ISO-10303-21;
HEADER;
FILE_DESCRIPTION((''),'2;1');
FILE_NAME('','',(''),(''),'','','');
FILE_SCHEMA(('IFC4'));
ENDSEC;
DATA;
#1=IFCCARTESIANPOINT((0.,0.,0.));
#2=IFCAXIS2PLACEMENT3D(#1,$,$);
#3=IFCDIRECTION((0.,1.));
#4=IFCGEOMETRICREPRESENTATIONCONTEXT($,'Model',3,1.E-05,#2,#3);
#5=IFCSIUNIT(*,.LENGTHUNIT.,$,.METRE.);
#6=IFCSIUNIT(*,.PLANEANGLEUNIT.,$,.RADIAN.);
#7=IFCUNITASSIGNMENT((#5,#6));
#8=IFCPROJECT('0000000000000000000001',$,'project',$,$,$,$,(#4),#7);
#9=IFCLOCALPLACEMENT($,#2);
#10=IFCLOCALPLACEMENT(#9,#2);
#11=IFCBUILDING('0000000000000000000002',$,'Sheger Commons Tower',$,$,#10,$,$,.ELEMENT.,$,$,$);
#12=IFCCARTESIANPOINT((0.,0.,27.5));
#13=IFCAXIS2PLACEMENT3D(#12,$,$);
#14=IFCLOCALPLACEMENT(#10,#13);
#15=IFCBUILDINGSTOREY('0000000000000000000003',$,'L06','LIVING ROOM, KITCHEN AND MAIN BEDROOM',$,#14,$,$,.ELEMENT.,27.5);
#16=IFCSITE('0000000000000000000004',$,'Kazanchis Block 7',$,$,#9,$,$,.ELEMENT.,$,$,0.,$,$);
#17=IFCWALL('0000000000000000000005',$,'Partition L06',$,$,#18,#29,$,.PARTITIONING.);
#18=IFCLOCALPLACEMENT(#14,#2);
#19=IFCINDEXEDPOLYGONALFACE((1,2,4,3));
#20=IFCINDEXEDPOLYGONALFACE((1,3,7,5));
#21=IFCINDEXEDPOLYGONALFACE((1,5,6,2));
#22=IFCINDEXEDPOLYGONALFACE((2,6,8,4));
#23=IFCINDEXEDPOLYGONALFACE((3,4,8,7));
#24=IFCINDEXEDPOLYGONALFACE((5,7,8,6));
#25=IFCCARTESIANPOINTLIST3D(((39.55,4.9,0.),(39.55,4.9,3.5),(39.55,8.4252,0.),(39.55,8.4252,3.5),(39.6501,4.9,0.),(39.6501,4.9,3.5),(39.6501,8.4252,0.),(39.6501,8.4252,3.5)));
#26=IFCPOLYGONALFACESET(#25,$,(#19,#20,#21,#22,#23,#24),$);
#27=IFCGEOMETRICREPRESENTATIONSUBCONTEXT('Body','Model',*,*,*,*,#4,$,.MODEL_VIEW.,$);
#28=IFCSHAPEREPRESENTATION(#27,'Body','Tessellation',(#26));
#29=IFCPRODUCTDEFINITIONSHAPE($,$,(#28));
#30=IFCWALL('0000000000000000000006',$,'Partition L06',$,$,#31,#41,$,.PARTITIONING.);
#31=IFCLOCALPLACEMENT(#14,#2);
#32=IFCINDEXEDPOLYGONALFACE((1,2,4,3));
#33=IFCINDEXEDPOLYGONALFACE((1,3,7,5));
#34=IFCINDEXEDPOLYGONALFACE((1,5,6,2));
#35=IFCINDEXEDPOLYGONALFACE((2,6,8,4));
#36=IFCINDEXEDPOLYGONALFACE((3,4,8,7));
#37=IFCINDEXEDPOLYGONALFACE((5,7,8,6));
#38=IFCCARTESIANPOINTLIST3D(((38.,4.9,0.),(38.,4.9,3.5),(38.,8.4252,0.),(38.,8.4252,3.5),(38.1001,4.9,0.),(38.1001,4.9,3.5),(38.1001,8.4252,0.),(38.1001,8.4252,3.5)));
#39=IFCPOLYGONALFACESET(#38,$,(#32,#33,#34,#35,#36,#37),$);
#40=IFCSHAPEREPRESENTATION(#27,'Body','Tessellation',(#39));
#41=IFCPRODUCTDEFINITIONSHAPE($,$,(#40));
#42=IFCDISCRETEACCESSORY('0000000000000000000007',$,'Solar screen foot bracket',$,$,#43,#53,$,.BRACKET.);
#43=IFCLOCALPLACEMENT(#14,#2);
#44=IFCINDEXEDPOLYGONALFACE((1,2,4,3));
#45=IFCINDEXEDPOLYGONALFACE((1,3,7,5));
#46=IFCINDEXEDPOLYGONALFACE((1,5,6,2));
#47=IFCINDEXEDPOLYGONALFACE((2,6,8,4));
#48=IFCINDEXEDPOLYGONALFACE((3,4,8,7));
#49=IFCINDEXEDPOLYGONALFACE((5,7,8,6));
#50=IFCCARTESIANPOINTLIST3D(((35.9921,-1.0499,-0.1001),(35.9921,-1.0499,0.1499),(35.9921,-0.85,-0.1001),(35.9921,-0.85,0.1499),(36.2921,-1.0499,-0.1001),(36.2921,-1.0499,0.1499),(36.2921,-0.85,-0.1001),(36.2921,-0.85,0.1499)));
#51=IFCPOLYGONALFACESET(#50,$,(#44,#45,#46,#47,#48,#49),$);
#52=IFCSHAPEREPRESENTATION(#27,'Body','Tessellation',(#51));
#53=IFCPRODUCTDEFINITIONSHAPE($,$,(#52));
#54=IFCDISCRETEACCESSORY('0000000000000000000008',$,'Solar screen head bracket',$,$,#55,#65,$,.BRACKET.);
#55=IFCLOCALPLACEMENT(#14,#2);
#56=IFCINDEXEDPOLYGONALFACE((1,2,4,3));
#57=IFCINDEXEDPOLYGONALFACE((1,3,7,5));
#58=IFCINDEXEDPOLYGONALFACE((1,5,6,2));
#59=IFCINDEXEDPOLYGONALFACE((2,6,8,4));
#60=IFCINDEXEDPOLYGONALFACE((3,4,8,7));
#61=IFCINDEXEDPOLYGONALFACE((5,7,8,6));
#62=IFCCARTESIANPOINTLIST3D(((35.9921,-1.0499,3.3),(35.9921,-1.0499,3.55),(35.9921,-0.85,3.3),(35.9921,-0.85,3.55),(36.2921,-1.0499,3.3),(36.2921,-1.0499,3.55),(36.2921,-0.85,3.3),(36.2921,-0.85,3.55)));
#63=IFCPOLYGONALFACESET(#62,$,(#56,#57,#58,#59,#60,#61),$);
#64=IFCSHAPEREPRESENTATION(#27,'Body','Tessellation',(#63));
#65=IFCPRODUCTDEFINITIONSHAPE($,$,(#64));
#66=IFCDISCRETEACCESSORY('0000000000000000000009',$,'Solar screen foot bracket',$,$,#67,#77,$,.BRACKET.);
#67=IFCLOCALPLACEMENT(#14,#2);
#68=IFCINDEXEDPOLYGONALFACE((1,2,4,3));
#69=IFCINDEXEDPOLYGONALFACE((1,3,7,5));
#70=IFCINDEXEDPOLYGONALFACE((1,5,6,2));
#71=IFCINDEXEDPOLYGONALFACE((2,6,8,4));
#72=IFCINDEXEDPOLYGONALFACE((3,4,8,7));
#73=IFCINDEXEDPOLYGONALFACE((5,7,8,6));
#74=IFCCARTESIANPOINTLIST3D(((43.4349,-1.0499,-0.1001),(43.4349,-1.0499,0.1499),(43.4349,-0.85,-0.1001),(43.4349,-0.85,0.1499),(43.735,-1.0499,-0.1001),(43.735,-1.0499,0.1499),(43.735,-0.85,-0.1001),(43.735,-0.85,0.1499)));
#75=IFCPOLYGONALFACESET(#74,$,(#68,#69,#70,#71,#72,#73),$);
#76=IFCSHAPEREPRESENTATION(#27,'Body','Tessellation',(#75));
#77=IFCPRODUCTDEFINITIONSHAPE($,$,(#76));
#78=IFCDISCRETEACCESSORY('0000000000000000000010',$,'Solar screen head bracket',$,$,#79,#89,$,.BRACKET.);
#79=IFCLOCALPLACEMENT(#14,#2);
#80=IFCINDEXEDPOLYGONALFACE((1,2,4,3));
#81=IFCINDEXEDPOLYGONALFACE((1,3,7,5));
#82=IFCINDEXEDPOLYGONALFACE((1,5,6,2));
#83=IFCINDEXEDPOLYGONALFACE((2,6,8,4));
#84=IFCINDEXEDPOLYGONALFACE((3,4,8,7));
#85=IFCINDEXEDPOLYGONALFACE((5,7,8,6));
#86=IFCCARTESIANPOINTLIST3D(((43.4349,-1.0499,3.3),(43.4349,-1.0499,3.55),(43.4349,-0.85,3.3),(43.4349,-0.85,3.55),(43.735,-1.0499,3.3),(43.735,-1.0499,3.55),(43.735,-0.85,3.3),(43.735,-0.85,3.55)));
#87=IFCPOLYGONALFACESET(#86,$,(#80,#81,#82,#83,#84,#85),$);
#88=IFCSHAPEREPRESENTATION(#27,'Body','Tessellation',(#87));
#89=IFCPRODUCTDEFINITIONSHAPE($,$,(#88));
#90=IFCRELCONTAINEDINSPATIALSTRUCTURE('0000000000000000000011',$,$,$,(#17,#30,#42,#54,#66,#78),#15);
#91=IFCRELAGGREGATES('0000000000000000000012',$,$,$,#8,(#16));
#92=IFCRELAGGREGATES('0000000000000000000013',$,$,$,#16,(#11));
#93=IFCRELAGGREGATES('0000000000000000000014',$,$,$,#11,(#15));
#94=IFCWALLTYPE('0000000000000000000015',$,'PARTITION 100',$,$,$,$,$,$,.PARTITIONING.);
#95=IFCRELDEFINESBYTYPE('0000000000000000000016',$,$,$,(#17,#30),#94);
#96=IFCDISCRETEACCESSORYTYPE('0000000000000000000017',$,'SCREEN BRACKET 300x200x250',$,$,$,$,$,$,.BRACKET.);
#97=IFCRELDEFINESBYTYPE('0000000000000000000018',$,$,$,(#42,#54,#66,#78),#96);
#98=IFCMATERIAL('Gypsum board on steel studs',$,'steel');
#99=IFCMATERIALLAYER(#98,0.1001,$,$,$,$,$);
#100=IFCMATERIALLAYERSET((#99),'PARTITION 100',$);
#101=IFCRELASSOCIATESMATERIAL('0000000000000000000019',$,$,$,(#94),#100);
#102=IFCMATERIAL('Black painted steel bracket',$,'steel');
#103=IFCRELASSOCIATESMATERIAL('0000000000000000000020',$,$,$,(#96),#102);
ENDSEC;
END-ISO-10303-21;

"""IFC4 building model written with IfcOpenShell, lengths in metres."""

from ifc_helpers import new_model, si_unit, direction, frame, frame_2d, origin, origin_2d, place, context, subcontext, project, spatial, rectangle, extrude, material, layer, layer_set, type_object, element, save


model = new_model("IFC4")

# Units and contexts
model_context = context("Model", 3, precision=1e-05, world=origin(), true_north=direction((0.0, 1.0)))
body_context = subcontext(model_context, "Body", "Model", "MODEL_VIEW")
ifc_project = project(units=[si_unit("LENGTHUNIT", "METRE"), si_unit("PLANEANGLEUNIT", "RADIAN")], contexts=[model_context])

# Site, building, storey
site_placement = place(None, origin())
site = spatial("IfcSite", under=ifc_project, at=site_placement, Name="Kazanchis Block 7", CompositionType="ELEMENT", RefElevation=0.0)
building_placement = place(site_placement, origin())
building = spatial("IfcBuilding", under=site, at=building_placement, Name="Sheger Commons Tower", CompositionType="ELEMENT")
storey_placement = place(building_placement, frame((0.0, 0.0, 27.5)))
storey = spatial("IfcBuildingStorey", under=building, at=storey_placement, Name="L06", Description="LIVING ROOM, KITCHEN AND MAIN BEDROOM", CompositionType="ELEMENT", Elevation=27.5)

# Shared definitions
ifc_material_1 = material(Name="Gypsum board on steel studs", Category="steel")
ifc_layer_1 = layer(ifc_material_1, 0.1001)
ifc_layer_set_1 = layer_set([ifc_layer_1], Name="PARTITION 100")
wall_type_1 = type_object("IfcWallType", Name="PARTITION 100", PredefinedType="PARTITIONING", material=ifc_layer_set_1)

# Walls
for number, where, z_axis, x_axis, name in (
    (1, (39.6001, 4.8999, 0.0), (0.0, 0.0, 1.0), (0.0, 1.0, 0.0), "Partition L06"),
    (2, (38.05, 4.8999, 0.0), (0.0, 0.0, 1.0), (0.0, 1.0, 0.0), "Partition L06"),
):
    element("IfcWall", number, at=place(storey_placement, frame(where, z_axis=z_axis, x_axis=x_axis)), inside=storey, type_object=wall_type_1, Name=name, PredefinedType="PARTITIONING", context=body_context, shape_type="SweptSolid", body=[
        extrude(rectangle(XDim=3.5251, YDim=0.1001, at=frame_2d((1.7627, 0.0))), origin(), (0.0, 0.0, 1.0), 3.5),
    ])

# Discrete accessories
ifc_material_2 = material(Name="Black painted steel bracket", Category="steel")
discrete_accessory_type = type_object("IfcDiscreteAccessoryType", Name="SCREEN BRACKET 300x200x250", PredefinedType="BRACKET", material=ifc_material_2)
for number, where, z_axis, x_axis, name in (
    (3, (36.1421, -0.95, -0.1001), (0.0, 0.0, 1.0), (1.0, 0.0, 0.0), "Solar screen foot bracket"),
    (4, (36.1421, -0.95, 3.3), (0.0, 0.0, 1.0), (1.0, 0.0, 0.0), "Solar screen head bracket"),
    (5, (43.585, -0.95, -0.1001), (0.0, 0.0, 1.0), (1.0, 0.0, 0.0), "Solar screen foot bracket"),
    (6, (43.585, -0.95, 3.3), (0.0, 0.0, 1.0), (1.0, 0.0, 0.0), "Solar screen head bracket"),
):
    element("IfcDiscreteAccessory", number, at=place(storey_placement, frame(where, z_axis=z_axis, x_axis=x_axis)), inside=storey, type_object=discrete_accessory_type, Name=name, PredefinedType="BRACKET", context=body_context, shape_type="SweptSolid", body=[
        extrude(rectangle(XDim=0.3, YDim=0.2, at=origin_2d()), origin(), (0.0, 0.0, 1.0), 0.25),
    ])

save(model, "model.ifc")
